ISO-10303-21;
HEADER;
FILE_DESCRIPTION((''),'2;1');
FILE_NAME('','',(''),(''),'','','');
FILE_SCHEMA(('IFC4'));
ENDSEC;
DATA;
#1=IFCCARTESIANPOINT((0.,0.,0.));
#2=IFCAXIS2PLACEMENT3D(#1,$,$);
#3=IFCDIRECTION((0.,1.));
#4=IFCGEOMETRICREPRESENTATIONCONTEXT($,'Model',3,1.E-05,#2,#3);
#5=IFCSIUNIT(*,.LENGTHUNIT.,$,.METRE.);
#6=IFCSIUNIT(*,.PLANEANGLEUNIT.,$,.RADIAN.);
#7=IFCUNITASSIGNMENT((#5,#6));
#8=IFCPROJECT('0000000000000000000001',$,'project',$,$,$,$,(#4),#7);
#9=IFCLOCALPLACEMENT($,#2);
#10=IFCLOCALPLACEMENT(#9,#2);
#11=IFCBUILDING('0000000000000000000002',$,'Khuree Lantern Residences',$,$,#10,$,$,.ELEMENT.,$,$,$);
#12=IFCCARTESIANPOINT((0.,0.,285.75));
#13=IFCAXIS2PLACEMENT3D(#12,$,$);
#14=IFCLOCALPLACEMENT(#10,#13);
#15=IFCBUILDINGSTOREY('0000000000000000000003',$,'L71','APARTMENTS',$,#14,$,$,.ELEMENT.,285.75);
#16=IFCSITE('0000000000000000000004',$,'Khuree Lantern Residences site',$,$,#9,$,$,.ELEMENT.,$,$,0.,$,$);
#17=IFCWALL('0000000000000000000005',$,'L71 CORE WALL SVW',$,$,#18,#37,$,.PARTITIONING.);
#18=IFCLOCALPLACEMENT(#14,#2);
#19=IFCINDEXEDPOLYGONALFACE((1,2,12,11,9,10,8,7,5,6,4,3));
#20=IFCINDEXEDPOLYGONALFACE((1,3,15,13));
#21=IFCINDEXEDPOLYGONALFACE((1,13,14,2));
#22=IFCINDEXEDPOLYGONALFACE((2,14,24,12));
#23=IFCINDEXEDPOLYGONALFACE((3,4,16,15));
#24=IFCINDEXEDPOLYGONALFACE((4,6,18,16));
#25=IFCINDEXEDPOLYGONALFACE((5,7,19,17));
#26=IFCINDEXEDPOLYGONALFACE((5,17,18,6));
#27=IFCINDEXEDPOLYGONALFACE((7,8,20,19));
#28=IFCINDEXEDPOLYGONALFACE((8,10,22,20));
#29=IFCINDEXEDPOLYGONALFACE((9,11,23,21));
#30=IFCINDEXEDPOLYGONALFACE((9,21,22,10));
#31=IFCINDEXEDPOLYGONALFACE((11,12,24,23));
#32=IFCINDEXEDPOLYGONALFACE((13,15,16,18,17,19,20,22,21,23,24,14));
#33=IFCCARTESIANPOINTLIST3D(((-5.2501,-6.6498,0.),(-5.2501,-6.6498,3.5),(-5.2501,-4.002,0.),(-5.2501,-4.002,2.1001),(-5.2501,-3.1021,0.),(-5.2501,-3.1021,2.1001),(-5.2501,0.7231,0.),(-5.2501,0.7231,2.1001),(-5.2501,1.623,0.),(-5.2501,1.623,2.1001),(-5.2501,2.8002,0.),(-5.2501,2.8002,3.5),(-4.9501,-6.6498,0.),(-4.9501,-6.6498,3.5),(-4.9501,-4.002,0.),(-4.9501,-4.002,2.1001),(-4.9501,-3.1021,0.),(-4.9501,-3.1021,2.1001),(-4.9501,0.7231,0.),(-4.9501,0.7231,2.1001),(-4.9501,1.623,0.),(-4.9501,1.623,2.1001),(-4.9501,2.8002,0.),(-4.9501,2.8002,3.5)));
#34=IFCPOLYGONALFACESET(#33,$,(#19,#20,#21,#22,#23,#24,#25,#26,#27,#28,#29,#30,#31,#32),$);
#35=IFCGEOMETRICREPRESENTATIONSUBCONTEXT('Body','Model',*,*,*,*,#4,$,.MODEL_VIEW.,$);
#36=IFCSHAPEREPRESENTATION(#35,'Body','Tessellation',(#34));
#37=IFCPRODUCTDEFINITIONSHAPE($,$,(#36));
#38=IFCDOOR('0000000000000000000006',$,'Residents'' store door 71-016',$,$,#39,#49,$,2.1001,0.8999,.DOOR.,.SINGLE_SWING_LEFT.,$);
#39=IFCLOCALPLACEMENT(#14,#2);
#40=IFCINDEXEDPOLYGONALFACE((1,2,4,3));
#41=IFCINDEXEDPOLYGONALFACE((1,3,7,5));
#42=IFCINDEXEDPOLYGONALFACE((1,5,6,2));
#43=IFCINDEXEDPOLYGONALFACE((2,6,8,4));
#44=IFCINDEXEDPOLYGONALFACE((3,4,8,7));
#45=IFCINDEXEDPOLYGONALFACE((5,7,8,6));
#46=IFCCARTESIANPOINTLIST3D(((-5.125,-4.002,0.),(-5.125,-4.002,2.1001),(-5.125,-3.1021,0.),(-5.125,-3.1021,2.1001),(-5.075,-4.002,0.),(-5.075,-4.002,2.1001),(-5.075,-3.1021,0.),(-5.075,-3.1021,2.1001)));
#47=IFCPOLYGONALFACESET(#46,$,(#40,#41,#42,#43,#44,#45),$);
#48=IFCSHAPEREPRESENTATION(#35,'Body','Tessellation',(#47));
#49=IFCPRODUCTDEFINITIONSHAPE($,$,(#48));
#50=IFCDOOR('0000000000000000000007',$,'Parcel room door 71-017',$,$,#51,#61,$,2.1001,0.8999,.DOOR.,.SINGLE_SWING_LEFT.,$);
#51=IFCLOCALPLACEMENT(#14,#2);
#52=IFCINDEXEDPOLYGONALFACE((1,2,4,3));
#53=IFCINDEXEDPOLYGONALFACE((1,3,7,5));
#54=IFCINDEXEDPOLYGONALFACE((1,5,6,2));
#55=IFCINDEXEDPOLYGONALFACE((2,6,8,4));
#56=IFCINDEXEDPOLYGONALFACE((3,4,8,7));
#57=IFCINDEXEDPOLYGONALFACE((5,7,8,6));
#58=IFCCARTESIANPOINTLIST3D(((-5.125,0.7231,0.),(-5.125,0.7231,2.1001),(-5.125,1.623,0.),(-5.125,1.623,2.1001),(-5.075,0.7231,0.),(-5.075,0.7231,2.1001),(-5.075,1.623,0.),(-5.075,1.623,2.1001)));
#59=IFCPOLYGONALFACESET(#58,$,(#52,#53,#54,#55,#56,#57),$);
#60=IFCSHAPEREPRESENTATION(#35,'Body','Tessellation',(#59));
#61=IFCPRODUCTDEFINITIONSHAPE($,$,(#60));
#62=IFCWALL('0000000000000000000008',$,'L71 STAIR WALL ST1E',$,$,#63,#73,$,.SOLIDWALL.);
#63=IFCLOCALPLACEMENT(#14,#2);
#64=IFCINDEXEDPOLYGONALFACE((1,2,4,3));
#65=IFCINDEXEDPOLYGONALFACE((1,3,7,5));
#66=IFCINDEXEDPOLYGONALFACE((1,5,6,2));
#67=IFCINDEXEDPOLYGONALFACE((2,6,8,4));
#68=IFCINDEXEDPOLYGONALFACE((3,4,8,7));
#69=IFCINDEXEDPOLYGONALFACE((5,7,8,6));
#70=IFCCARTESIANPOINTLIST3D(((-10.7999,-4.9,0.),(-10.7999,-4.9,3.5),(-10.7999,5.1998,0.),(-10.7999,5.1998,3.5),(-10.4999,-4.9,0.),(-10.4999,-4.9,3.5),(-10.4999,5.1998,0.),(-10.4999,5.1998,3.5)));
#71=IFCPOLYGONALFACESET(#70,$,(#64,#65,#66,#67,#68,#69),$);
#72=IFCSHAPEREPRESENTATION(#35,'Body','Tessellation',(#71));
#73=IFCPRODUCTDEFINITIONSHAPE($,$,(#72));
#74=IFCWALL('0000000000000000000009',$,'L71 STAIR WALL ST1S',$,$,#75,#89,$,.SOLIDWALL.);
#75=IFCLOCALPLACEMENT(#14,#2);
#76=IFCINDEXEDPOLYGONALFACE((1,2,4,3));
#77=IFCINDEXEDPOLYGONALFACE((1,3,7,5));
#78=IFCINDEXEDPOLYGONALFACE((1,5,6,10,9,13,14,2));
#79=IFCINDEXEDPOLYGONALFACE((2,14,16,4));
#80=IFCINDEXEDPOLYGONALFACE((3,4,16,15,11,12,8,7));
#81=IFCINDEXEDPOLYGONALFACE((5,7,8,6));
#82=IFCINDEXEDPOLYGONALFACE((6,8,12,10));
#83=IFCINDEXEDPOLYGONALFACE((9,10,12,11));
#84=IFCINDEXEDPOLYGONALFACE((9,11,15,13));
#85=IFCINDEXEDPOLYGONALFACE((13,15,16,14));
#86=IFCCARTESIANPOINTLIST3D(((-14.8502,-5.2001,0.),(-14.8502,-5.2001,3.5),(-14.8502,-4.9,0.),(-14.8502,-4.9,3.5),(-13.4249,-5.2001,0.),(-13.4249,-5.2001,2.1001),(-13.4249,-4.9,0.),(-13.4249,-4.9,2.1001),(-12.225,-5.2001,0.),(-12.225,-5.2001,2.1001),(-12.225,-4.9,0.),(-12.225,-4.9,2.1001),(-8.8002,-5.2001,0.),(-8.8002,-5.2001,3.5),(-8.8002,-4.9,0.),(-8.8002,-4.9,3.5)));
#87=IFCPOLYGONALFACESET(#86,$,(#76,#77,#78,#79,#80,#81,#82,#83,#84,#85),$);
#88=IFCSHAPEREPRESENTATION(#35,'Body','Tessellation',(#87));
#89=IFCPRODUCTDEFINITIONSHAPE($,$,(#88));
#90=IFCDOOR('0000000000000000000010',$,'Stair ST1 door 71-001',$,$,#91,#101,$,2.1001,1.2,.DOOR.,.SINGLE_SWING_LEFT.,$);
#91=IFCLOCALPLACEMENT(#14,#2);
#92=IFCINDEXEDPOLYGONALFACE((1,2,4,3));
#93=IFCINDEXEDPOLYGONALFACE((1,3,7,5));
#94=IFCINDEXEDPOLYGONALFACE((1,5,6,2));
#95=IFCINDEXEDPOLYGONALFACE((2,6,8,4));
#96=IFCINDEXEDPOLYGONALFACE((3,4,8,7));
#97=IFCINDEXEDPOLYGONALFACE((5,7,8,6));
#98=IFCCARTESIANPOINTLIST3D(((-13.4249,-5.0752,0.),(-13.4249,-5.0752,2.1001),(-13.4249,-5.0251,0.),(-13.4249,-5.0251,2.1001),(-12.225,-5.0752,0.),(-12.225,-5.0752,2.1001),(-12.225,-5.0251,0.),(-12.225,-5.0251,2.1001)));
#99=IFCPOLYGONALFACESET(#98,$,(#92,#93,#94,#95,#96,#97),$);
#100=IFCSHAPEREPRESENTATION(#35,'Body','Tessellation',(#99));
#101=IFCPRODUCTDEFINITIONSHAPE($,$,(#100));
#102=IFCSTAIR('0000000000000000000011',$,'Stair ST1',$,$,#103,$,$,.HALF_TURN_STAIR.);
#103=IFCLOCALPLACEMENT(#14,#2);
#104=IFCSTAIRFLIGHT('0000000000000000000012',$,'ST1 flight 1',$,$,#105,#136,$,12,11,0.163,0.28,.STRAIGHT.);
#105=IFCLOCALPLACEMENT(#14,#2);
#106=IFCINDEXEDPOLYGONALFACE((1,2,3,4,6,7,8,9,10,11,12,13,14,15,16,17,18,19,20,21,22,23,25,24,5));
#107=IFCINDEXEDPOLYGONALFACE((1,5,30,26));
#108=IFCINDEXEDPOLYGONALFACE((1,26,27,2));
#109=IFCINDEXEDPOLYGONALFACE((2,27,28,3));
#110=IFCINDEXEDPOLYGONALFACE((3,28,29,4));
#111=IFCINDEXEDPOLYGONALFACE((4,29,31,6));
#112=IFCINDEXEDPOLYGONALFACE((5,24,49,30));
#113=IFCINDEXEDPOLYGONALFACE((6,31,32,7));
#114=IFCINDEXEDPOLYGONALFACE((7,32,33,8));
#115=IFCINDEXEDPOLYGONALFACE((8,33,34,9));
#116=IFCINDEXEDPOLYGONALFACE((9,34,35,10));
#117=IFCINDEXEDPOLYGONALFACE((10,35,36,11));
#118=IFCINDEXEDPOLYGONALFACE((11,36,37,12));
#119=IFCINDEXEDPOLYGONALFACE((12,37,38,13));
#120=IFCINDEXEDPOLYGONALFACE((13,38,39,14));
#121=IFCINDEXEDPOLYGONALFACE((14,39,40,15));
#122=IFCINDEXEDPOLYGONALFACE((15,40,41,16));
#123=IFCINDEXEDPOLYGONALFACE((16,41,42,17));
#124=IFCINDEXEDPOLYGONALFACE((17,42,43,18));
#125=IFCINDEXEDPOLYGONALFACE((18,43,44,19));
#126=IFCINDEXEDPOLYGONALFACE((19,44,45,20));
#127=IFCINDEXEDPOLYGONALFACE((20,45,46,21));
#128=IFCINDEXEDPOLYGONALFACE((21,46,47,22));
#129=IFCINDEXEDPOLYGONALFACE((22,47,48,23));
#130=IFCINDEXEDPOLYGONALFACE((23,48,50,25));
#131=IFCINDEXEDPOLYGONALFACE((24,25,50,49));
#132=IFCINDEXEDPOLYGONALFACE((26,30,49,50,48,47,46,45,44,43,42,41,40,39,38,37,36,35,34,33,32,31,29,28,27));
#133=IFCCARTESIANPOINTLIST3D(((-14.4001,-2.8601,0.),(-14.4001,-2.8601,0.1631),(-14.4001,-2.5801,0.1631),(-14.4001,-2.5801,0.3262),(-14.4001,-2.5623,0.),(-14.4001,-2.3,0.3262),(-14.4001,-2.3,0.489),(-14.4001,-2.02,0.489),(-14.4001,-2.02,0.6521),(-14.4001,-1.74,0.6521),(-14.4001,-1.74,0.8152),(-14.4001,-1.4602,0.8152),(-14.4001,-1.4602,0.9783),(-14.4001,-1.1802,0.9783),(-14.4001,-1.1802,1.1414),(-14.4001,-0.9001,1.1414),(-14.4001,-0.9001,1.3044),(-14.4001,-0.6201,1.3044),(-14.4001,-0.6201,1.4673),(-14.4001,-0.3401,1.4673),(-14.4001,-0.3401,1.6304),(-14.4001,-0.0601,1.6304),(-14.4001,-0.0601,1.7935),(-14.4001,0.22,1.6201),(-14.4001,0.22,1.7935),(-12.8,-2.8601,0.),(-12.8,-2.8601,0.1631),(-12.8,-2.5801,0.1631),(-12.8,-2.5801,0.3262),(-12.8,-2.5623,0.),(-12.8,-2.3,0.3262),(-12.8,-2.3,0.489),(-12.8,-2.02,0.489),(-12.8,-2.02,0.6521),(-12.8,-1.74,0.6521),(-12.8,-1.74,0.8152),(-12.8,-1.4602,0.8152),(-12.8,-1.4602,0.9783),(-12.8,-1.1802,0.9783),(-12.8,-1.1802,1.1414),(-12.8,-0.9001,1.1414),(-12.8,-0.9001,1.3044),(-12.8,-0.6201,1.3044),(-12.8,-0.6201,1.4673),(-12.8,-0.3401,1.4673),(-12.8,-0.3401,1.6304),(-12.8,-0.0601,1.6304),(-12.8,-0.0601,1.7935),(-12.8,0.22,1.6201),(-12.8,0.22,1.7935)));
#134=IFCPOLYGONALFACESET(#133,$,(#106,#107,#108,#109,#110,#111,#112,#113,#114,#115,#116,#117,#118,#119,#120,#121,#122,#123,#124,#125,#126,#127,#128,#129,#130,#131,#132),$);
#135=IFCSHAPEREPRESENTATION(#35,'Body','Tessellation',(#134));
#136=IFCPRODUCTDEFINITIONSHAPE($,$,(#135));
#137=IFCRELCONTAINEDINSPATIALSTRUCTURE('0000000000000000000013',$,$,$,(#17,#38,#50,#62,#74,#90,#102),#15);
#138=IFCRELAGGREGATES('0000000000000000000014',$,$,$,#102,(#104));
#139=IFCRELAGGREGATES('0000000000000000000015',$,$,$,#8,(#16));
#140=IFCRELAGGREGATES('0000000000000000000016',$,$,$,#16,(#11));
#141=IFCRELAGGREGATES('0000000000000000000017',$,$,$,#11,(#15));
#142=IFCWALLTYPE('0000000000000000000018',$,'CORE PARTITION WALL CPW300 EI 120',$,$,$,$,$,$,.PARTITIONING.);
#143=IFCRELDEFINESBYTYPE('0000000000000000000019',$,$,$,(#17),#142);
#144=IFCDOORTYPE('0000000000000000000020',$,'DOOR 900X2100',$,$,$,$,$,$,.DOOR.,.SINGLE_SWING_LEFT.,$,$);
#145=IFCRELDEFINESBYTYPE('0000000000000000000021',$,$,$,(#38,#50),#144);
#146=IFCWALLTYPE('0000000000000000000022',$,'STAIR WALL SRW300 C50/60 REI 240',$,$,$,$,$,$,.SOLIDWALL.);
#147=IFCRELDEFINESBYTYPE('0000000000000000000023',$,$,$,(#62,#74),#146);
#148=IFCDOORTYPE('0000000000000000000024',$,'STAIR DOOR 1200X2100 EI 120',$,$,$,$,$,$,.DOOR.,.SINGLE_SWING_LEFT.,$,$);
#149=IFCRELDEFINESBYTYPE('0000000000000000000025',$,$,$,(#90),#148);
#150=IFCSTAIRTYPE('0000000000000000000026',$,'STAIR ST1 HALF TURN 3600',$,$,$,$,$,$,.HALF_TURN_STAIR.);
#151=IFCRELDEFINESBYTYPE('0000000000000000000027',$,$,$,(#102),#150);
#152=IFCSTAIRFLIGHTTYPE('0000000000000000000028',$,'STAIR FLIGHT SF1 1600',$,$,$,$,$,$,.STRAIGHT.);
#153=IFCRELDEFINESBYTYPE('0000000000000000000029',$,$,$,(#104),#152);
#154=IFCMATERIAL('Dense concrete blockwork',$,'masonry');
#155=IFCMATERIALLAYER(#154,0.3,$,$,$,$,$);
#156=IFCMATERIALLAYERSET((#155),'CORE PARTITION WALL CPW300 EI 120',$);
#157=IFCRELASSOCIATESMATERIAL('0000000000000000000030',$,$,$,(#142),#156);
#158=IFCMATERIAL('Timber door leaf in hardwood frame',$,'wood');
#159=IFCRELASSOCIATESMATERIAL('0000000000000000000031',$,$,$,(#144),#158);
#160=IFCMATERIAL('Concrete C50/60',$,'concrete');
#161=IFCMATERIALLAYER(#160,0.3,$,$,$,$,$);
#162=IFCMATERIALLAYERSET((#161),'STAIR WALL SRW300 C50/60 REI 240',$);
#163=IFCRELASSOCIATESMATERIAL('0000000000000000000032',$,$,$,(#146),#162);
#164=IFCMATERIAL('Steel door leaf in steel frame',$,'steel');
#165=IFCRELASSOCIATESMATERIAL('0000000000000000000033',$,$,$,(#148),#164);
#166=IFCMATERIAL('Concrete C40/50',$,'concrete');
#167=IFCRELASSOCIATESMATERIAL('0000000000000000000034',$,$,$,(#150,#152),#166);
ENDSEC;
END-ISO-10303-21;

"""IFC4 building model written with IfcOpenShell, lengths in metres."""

from ifc_helpers import new_model, si_unit, direction, frame, frame_2d, origin, place, context, subcontext, project, spatial, polyline, rectangle, outline, extrude, material, layer, layer_set, type_object, element, fill, aggregate, save


model = new_model("IFC4")

# Units and contexts
model_context = context("Model", 3, precision=1e-05, world=origin(), true_north=direction((0.0, 1.0)))
body_context = subcontext(model_context, "Body", "Model", "MODEL_VIEW")
ifc_project = project(units=[si_unit("LENGTHUNIT", "METRE"), si_unit("PLANEANGLEUNIT", "RADIAN")], contexts=[model_context])

# Site, building, storey
site_placement = place(None, origin())
site = spatial("IfcSite", under=ifc_project, at=site_placement, Name="Khuree Lantern Residences site", CompositionType="ELEMENT", RefElevation=0.0)
building_placement = place(site_placement, origin())
building = spatial("IfcBuilding", under=site, at=building_placement, Name="Khuree Lantern Residences", CompositionType="ELEMENT")
storey_placement = place(building_placement, frame((0.0, 0.0, 285.75)))
storey = spatial("IfcBuildingStorey", under=building, at=storey_placement, Name="L71", Description="APARTMENTS", CompositionType="ELEMENT", Elevation=285.75)

# Shared definitions
ifc_material_1 = material(Name="Dense concrete blockwork", Category="masonry")
ifc_layer_1 = layer(ifc_material_1, 0.3)
ifc_layer_set_1 = layer_set([ifc_layer_1], Name="CORE PARTITION WALL CPW300 EI 120")
wall_type_1 = type_object("IfcWallType", Name="CORE PARTITION WALL CPW300 EI 120", PredefinedType="PARTITIONING", material=ifc_layer_set_1)

# Shared definitions
ifc_material_2 = material(Name="Steel door leaf in steel frame", Category="steel")

# Wall, openings, doors
wall_1_placement = place(storey_placement, frame((-5.1001, -6.6499, 0.0), z_axis=(0.0, 0.0, 1.0), x_axis=(0.0, 1.0, 0.0)))
wall_1 = element("IfcWall", 1, at=wall_1_placement, inside=storey, type_object=wall_type_1, Name="L71 CORE WALL SVW", PredefinedType="PARTITIONING", context=body_context, shape_type="SweptSolid", body=[
    extrude(rectangle(XDim=9.45, YDim=0.3, at=frame_2d((4.7251, 0.0))), origin(), (0.0, 0.0, 1.0), 3.5),
])
opening_1_placement = place(wall_1_placement, frame((2.6479, 0.0, 0.0)))
opening_1 = element("IfcOpeningElement", 2, at=opening_1_placement, cuts=wall_1, PredefinedType="OPENING", context=body_context, shape_type="SweptSolid", body=[
    extrude(rectangle(XDim=0.8999, YDim=2.1001, at=frame_2d((0.45, 1.05))), frame((0.0, 0.1602, 0.0), z_axis=(0.0, -1.0, 0.0), x_axis=(1.0, 0.0, 0.0)), (0.0, 0.0, 1.0), 0.3201),
])
opening_2_placement = place(wall_1_placement, frame((7.373, 0.0, 0.0)))
opening_2 = element("IfcOpeningElement", 3, at=opening_2_placement, cuts=wall_1, PredefinedType="OPENING", context=body_context, shape_type="SweptSolid", body=[
    extrude(rectangle(XDim=0.8999, YDim=2.1001, at=frame_2d((0.45, 1.05))), frame((0.0, 0.1602, 0.0), z_axis=(0.0, -1.0, 0.0), x_axis=(1.0, 0.0, 0.0)), (0.0, 0.0, 1.0), 0.3201),
])
ifc_material_3 = material(Name="Timber door leaf in hardwood frame", Category="wood")
door_type_1 = type_object("IfcDoorType", Name="DOOR 900X2100", OperationType="SINGLE_SWING_LEFT", PredefinedType="DOOR", material=ifc_material_3)
door_1_placement = place(opening_1_placement, origin())
door_1 = element("IfcDoor", 4, at=door_1_placement, inside=storey, type_object=door_type_1, Name="Residents' store door 71-016", OperationType="SINGLE_SWING_LEFT", OverallHeight=2.1001, OverallWidth=0.8999, PredefinedType="DOOR", context=body_context, shape_type="SweptSolid", body=[
    extrude(rectangle(XDim=0.8999, YDim=2.1001, at=frame_2d((0.45, 1.05))), frame((0.0, 0.0249, 0.0), z_axis=(0.0, -1.0, 0.0), x_axis=(1.0, 0.0, 0.0)), (0.0, 0.0, 1.0), 0.05),
])
fill(opening_1, door_1)
door_2_placement = place(opening_2_placement, origin())
door_2 = element("IfcDoor", 5, at=door_2_placement, inside=storey, type_object=door_type_1, Name="Parcel room door 71-017", OperationType="SINGLE_SWING_LEFT", OverallHeight=2.1001, OverallWidth=0.8999, PredefinedType="DOOR", context=body_context, shape_type="SweptSolid", body=[
    extrude(rectangle(XDim=0.8999, YDim=2.1001, at=frame_2d((0.45, 1.05))), frame((0.0, 0.0249, 0.0), z_axis=(0.0, -1.0, 0.0), x_axis=(1.0, 0.0, 0.0)), (0.0, 0.0, 1.0), 0.05),
])
fill(opening_2, door_2)

# Wall
ifc_material_4 = material(Name="Concrete C50/60", Category="concrete")
ifc_layer_2 = layer(ifc_material_4, 0.3)
ifc_layer_set_2 = layer_set([ifc_layer_2], Name="STAIR WALL SRW300 C50/60 REI 240")
wall_type_2 = type_object("IfcWallType", Name="STAIR WALL SRW300 C50/60 REI 240", PredefinedType="SOLIDWALL", material=ifc_layer_set_2)
wall_2_placement = place(storey_placement, frame((-10.6499, -4.8999, 0.0), z_axis=(0.0, 0.0, 1.0), x_axis=(0.0, 1.0, 0.0)))
element("IfcWall", 6, at=wall_2_placement, inside=storey, type_object=wall_type_2, Name="L71 STAIR WALL ST1E", PredefinedType="SOLIDWALL", context=body_context, shape_type="SweptSolid", body=[
    extrude(rectangle(XDim=10.0999, YDim=0.3, at=frame_2d((5.0498, 0.0))), origin(), (0.0, 0.0, 1.0), 3.5),
])

# Wall, opening, door
wall_3_placement = place(storey_placement, frame((-14.8501, -5.05, 0.0), z_axis=(0.0, 0.0, 1.0), x_axis=(1.0, 0.0, 0.0)))
wall_3 = element("IfcWall", 7, at=wall_3_placement, inside=storey, type_object=wall_type_2, Name="L71 STAIR WALL ST1S", PredefinedType="SOLIDWALL", context=body_context, shape_type="SweptSolid", body=[
    extrude(rectangle(XDim=6.05, YDim=0.3, at=frame_2d((3.0249, 0.0))), origin(), (0.0, 0.0, 1.0), 3.5),
])
opening_3_placement = place(wall_3_placement, frame((1.425, 0.0, 0.0)))
opening_3 = element("IfcOpeningElement", 8, at=opening_3_placement, cuts=wall_3, PredefinedType="OPENING", context=body_context, shape_type="SweptSolid", body=[
    extrude(rectangle(XDim=1.2, YDim=2.1001, at=frame_2d((0.6001, 1.05))), frame((0.0, 0.1602, 0.0), z_axis=(0.0, -1.0, 0.0), x_axis=(1.0, 0.0, 0.0)), (0.0, 0.0, 1.0), 0.3201),
])
door_type_2 = type_object("IfcDoorType", Name="STAIR DOOR 1200X2100 EI 120", OperationType="SINGLE_SWING_LEFT", PredefinedType="DOOR", material=ifc_material_2)
door_3_placement = place(opening_3_placement, origin())
door_3 = element("IfcDoor", 9, at=door_3_placement, inside=storey, type_object=door_type_2, Name="Stair ST1 door 71-001", OperationType="SINGLE_SWING_LEFT", OverallHeight=2.1001, OverallWidth=1.2, PredefinedType="DOOR", context=body_context, shape_type="SweptSolid", body=[
    extrude(rectangle(XDim=1.2, YDim=2.1001, at=frame_2d((0.6001, 1.05))), frame((0.0, 0.0249, 0.0), z_axis=(0.0, -1.0, 0.0), x_axis=(1.0, 0.0, 0.0)), (0.0, 0.0, 1.0), 0.05),
])
fill(opening_3, door_3)

# Stair, stair flight
ifc_material_5 = material(Name="Concrete C40/50", Category="concrete")
stair_type = type_object("IfcStairType", Name="STAIR ST1 HALF TURN 3600", PredefinedType="HALF_TURN_STAIR", material=ifc_material_5)
stair_placement = place(storey_placement, origin())
stair = element("IfcStair", 10, at=stair_placement, inside=storey, type_object=stair_type, Name="Stair ST1", PredefinedType="HALF_TURN_STAIR")
stair_flight_type = type_object("IfcStairFlightType", Name="STAIR FLIGHT SF1 1600", PredefinedType="STRAIGHT", material=ifc_material_5)
stair_flight_placement = place(storey_placement, frame((-13.6001, -2.8601, 0.0), z_axis=(0.0, 0.0, 1.0), x_axis=(0.0, 1.0, 0.0)))
stair_flight = element("IfcStairFlight", 11, at=stair_flight_placement, type_object=stair_flight_type, Name="ST1 flight 1", NumberOfRisers=12, NumberOfTreads=11, PredefinedType="STRAIGHT", RiserHeight=0.163, TreadLength=0.28, context=body_context, shape_type="SweptSolid", body=[
    extrude(outline(polyline([(0.0, 0.0), (0.0, 0.1631), (0.28, 0.1631), (0.28, 0.3262), (0.5601, 0.3262), (0.5601, 0.489), (0.8401, 0.489), (0.8401, 0.6521), (1.1201, 0.6521), (1.1201, 0.8152), (1.3999, 0.8152), (1.3999, 0.9783), (1.6799, 0.9783), (1.6799, 1.1414), (1.96, 1.1414), (1.96, 1.3044), (2.24, 1.3044), (2.24, 1.4673), (2.52, 1.4673), (2.52, 1.6304), (2.8, 1.6304), (2.8, 1.7935), (3.0801, 1.7935), (3.0801, 1.9565), (3.0801, 1.6201), (0.2979, 0.0), (0.0, 0.0)])), frame((0.0, 0.8, 0.0), z_axis=(0.0, -1.0, 0.0), x_axis=(1.0, 0.0, 0.0)), (0.0, 0.0, 1.0), 1.6001),
])
aggregate(stair, [stair_flight])

save(model, "model.ifc")
